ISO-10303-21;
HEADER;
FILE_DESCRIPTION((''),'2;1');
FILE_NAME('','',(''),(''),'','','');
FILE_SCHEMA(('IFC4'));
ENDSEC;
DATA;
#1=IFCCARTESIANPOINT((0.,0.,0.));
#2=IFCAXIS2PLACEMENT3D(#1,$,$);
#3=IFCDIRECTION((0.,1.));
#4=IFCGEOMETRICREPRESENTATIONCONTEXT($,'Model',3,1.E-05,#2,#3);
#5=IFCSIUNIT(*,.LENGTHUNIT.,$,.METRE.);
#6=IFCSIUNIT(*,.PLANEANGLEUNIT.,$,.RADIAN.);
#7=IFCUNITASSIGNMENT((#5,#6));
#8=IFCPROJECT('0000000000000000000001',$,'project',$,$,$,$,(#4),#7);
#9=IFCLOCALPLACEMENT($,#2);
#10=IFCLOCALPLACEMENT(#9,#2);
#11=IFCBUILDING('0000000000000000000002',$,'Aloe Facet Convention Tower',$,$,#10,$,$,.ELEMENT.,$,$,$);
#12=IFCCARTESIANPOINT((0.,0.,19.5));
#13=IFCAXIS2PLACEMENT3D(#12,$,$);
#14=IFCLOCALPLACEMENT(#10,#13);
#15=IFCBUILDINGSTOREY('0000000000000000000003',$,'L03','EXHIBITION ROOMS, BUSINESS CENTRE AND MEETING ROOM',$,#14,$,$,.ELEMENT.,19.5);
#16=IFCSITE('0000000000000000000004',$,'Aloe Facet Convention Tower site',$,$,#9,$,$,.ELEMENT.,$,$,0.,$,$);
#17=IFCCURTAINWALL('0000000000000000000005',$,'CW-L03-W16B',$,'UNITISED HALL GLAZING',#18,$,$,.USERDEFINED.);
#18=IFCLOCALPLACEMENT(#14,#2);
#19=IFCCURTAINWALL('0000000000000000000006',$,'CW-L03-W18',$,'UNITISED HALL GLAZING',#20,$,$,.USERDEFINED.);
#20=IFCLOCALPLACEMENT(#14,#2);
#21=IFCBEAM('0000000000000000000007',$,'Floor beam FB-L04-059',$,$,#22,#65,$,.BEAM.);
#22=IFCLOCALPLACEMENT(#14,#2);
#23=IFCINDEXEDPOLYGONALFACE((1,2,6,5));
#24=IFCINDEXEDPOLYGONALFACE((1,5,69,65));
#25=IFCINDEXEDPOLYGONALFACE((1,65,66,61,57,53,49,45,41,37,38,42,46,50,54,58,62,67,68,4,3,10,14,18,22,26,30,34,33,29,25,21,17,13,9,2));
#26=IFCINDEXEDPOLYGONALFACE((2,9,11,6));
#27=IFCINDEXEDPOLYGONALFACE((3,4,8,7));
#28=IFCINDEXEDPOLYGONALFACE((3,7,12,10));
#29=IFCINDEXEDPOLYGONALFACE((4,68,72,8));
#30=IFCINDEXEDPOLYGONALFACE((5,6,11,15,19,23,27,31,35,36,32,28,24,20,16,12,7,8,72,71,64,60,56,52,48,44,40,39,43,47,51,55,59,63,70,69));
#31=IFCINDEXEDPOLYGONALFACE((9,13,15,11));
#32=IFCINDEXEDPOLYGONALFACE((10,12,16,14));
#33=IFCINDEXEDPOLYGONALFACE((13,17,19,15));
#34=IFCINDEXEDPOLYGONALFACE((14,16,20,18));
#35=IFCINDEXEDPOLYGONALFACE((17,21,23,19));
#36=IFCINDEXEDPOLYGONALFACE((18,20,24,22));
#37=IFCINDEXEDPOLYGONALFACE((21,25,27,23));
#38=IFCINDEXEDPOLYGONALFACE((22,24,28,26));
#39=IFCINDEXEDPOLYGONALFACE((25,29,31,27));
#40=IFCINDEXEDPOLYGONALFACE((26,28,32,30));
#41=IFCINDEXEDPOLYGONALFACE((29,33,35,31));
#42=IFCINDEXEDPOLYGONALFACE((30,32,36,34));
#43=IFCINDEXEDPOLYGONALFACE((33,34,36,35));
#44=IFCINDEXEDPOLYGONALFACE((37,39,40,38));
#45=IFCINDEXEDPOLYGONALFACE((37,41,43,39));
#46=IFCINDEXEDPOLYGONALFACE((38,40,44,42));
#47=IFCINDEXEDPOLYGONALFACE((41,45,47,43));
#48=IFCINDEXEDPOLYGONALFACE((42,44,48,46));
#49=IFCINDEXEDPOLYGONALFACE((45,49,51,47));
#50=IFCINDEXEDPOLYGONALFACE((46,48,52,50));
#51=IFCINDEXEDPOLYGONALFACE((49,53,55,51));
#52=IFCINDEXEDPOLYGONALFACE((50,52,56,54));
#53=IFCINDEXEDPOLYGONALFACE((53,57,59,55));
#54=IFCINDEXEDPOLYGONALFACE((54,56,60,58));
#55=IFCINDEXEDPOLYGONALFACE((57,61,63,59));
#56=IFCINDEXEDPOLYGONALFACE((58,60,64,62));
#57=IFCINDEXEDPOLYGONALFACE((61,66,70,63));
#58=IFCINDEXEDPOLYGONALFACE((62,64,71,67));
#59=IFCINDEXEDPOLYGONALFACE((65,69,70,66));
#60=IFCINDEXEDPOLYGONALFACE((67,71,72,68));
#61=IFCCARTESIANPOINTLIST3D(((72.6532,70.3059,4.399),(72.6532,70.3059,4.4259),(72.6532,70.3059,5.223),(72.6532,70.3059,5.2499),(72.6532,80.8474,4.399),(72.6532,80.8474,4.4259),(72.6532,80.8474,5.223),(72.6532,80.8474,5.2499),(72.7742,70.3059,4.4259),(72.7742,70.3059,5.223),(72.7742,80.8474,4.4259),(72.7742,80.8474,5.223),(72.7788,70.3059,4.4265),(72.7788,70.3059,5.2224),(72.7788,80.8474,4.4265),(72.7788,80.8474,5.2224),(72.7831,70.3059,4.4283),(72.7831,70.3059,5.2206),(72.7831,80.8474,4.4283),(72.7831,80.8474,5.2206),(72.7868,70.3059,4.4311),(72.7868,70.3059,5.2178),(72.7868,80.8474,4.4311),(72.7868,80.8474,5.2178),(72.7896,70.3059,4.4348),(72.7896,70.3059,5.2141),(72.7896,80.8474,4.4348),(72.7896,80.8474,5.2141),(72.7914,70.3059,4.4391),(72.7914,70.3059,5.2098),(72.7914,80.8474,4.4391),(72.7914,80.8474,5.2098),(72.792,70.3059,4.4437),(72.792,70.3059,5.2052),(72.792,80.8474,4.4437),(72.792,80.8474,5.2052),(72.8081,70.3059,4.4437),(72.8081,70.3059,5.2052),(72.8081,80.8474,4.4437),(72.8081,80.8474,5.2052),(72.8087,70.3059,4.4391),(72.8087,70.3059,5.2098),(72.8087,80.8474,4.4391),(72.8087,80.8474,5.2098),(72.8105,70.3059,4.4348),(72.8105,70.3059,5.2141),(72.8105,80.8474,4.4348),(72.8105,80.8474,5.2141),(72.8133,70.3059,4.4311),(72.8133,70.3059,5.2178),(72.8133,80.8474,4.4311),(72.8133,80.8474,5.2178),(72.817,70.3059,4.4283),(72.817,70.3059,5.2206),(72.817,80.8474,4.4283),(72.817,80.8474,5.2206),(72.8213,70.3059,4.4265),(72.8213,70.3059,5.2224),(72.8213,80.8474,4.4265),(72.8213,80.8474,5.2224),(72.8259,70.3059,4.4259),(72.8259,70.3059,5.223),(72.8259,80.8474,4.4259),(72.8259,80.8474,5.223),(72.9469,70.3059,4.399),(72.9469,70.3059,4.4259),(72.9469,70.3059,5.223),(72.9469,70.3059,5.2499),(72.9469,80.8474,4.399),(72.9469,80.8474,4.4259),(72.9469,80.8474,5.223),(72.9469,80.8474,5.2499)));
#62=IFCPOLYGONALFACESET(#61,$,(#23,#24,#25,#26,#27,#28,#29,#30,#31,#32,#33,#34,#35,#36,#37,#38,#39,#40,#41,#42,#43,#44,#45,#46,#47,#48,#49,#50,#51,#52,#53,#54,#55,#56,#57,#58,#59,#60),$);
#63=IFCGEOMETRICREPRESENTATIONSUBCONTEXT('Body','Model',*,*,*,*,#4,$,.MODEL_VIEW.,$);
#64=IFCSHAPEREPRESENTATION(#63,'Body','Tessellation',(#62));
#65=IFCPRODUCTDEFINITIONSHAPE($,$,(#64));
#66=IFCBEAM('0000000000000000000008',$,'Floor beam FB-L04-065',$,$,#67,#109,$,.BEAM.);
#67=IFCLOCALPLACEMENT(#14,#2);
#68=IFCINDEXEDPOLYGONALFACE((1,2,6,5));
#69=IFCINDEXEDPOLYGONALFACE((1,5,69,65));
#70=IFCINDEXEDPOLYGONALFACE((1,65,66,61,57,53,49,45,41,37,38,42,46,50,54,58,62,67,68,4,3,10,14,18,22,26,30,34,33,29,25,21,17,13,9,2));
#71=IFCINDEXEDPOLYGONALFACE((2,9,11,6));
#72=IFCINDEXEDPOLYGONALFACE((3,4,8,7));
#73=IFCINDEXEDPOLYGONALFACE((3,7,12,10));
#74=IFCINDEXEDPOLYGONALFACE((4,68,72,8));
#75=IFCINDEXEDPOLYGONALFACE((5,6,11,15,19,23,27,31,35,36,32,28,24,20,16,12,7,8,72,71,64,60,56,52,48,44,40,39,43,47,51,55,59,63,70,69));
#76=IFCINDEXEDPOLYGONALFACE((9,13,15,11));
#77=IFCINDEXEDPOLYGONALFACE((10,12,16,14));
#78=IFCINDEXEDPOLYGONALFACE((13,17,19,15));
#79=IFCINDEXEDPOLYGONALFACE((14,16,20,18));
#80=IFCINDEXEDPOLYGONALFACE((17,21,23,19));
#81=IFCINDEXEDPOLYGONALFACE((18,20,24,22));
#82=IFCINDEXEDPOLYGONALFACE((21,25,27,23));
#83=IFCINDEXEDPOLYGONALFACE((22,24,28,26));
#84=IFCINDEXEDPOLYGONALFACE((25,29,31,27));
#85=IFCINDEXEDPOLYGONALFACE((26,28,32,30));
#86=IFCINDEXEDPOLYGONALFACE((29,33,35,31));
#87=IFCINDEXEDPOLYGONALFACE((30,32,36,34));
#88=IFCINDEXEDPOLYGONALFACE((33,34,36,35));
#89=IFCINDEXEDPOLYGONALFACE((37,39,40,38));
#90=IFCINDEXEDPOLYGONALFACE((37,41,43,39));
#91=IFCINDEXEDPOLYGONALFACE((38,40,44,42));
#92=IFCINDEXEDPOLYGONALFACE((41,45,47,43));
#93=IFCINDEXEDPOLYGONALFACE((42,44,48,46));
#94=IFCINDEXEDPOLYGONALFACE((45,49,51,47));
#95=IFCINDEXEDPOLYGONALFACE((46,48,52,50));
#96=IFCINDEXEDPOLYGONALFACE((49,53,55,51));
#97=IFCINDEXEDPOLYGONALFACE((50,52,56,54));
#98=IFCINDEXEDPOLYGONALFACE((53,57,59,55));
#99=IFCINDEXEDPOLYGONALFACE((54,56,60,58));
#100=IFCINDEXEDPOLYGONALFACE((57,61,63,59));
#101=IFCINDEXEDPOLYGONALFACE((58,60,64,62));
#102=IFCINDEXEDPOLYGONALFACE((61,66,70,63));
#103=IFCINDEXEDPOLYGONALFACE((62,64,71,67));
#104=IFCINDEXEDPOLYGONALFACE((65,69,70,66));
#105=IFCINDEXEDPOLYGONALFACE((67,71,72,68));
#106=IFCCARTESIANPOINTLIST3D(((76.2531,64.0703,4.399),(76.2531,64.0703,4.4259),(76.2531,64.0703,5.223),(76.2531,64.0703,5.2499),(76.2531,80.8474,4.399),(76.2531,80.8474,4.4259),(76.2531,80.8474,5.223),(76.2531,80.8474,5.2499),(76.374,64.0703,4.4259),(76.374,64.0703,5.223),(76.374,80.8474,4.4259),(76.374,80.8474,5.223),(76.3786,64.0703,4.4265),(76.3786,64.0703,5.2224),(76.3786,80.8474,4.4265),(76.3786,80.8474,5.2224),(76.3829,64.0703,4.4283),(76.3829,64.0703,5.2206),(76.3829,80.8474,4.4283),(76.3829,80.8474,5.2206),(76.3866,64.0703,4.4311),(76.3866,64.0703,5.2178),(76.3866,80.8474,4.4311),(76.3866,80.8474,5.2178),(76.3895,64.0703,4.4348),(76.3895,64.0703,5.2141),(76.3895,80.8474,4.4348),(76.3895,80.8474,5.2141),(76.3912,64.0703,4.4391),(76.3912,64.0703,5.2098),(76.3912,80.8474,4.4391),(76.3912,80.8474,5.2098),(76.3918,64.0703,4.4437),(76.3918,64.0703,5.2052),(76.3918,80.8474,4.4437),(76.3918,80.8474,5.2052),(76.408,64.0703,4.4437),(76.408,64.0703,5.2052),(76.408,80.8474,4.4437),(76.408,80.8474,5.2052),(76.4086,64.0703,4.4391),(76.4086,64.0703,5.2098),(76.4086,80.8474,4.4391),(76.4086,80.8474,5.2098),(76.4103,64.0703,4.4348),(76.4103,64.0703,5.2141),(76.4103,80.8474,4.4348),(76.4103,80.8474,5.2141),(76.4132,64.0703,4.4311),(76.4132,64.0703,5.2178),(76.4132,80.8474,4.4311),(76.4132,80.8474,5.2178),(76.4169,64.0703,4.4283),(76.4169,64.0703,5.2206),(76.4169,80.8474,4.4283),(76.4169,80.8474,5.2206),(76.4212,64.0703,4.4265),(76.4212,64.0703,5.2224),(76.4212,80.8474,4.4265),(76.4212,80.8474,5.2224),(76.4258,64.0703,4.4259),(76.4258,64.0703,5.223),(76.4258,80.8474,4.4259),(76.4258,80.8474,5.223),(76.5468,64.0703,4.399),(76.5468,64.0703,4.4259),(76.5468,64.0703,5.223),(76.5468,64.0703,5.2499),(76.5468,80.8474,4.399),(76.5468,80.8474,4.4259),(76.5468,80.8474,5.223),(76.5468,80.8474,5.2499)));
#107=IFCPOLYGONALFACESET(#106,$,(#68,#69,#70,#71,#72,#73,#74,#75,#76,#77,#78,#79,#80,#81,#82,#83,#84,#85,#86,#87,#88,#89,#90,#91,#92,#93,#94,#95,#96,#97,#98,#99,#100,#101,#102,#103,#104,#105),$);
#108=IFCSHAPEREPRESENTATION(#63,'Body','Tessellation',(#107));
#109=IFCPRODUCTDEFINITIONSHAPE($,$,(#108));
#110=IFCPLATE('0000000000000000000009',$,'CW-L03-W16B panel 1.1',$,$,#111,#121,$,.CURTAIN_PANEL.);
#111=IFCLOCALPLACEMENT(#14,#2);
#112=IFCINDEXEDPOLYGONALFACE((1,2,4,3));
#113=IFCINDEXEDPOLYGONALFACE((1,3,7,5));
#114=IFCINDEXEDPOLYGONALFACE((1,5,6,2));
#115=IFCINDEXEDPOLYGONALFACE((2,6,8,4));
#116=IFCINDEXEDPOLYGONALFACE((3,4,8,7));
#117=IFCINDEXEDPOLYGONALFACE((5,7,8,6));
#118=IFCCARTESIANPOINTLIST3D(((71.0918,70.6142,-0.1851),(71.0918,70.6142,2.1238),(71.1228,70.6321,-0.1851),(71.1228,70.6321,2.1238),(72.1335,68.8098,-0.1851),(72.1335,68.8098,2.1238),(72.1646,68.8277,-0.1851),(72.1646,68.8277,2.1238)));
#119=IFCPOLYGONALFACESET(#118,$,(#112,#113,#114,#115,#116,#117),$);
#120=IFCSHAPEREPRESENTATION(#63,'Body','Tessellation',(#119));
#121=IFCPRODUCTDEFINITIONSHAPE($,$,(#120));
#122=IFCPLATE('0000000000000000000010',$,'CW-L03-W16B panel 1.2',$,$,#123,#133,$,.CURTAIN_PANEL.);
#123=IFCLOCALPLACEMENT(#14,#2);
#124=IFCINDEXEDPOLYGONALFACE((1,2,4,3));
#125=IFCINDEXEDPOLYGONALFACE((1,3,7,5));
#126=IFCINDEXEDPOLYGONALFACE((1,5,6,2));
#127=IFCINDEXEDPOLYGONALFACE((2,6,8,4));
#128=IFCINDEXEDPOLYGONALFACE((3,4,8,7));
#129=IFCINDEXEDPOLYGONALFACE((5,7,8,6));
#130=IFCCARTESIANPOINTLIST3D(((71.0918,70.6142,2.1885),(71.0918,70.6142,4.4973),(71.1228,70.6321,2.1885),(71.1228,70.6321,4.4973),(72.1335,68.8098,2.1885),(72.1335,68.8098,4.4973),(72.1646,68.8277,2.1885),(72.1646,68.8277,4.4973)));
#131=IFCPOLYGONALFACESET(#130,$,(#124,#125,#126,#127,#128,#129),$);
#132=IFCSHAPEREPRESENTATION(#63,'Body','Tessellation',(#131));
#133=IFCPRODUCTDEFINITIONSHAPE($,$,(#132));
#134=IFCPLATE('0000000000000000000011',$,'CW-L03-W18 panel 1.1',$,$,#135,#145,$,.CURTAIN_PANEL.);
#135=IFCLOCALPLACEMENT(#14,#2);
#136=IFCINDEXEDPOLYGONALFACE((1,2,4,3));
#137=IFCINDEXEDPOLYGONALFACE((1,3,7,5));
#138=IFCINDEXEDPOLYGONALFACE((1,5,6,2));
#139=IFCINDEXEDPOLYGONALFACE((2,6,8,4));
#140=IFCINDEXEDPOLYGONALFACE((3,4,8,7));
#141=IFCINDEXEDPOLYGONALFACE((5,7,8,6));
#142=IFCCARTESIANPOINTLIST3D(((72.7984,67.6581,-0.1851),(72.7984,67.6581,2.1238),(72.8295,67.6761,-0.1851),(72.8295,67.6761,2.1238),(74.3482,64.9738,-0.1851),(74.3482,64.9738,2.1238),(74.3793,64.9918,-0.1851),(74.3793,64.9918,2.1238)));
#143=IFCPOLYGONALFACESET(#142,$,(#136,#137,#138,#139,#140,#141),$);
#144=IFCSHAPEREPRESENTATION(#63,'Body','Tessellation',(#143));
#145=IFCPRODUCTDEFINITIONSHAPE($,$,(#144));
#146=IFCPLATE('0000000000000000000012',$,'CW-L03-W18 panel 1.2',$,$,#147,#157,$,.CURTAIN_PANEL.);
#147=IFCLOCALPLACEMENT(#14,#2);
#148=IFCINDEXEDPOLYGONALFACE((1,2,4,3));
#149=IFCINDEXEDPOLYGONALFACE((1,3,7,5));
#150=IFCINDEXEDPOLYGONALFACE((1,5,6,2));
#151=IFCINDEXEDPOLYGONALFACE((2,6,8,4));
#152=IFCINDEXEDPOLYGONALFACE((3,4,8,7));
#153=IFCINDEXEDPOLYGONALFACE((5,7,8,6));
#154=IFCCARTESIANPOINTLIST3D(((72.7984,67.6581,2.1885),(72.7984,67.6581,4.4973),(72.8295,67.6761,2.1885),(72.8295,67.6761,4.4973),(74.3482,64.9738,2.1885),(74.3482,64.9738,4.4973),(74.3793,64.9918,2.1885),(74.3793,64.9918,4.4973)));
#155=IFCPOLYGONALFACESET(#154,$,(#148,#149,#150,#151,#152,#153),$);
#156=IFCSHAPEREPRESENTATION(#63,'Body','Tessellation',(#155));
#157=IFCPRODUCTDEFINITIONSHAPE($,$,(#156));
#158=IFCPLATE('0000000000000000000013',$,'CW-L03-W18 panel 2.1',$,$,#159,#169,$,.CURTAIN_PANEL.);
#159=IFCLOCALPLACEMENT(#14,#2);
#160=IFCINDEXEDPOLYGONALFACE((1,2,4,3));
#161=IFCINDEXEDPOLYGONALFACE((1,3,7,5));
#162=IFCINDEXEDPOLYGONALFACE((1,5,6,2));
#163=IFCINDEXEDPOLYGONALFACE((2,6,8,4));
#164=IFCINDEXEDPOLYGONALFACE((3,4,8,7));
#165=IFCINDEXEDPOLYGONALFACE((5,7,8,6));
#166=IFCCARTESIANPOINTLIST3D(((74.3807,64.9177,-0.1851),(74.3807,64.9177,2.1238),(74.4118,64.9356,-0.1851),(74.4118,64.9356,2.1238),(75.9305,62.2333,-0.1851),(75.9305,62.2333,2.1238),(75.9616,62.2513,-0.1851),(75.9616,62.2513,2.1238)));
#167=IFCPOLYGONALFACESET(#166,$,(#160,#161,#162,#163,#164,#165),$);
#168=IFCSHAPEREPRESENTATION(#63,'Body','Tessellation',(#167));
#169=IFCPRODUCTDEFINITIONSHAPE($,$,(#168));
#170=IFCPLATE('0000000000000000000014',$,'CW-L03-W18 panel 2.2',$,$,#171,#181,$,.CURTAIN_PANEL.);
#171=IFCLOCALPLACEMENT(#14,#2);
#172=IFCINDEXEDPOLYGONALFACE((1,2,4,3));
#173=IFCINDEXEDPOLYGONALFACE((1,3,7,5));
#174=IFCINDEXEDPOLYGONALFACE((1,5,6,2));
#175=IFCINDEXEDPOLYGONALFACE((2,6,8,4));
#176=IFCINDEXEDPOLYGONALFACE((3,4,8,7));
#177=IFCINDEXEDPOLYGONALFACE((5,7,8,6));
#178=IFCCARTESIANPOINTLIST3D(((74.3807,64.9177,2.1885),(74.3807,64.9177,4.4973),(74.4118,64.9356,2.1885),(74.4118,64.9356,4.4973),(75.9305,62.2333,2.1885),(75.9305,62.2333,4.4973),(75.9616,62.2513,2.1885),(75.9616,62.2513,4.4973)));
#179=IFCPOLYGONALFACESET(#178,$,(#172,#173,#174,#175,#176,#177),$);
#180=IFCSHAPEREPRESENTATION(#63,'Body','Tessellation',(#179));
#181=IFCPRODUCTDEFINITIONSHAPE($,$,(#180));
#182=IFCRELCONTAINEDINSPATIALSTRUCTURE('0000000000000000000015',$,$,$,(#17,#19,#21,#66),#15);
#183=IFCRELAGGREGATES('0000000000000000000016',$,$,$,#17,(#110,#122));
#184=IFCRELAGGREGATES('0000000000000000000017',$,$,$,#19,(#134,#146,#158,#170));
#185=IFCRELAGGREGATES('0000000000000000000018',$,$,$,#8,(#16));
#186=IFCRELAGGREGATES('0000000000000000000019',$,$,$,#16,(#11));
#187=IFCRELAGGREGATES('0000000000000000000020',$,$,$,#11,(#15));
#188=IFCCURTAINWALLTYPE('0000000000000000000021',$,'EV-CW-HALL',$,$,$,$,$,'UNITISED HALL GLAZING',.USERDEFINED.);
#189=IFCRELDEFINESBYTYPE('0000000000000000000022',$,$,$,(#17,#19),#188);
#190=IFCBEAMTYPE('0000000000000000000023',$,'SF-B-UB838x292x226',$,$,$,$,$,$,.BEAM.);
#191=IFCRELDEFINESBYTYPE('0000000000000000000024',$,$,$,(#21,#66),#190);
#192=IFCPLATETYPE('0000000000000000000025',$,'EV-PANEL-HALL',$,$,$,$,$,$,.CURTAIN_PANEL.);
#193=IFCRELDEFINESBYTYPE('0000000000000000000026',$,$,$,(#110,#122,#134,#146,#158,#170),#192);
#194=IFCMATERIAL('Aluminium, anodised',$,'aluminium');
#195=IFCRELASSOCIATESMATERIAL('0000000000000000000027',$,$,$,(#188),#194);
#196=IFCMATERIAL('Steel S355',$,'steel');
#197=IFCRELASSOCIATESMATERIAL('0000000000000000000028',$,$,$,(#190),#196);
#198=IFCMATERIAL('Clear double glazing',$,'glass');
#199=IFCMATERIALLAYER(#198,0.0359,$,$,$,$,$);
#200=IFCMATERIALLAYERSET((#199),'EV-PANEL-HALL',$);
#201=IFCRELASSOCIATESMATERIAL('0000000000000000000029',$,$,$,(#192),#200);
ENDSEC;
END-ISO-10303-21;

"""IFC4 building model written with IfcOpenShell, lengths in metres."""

from ifc_helpers import new_model, si_unit, direction, frame, origin, origin_2d, place, context, subcontext, project, spatial, rectangle, i_section, extrude, material, layer, layer_set, material_profile, profile_set, type_object, element, aggregate, save


model = new_model("IFC4")

# Units and contexts
model_context = context("Model", 3, precision=1e-05, world=origin(), true_north=direction((0.0, 1.0)))
body_context = subcontext(model_context, "Body", "Model", "MODEL_VIEW")
ifc_project = project(units=[si_unit("LENGTHUNIT", "METRE"), si_unit("PLANEANGLEUNIT", "RADIAN")], contexts=[model_context])

# Site, building, storey
site_placement = place(None, origin())
site = spatial("IfcSite", under=ifc_project, at=site_placement, Name="Aloe Facet Convention Tower site", CompositionType="ELEMENT", RefElevation=0.0)
building_placement = place(site_placement, origin())
building = spatial("IfcBuilding", under=site, at=building_placement, Name="Aloe Facet Convention Tower", CompositionType="ELEMENT")
storey_placement = place(building_placement, frame((0.0, 0.0, 19.5)))
storey = spatial("IfcBuildingStorey", under=building, at=storey_placement, Name="L03", Description="EXHIBITION ROOMS, BUSINESS CENTRE AND MEETING ROOM", CompositionType="ELEMENT", Elevation=19.5)

# Curtain walls
ifc_material_1 = material(Name="Aluminium, anodised", Category="aluminium")
curtain_wall_type = type_object("IfcCurtainWallType", Name="EV-CW-HALL", ElementType="UNITISED HALL GLAZING", PredefinedType="USERDEFINED", material=ifc_material_1)
curtain_wall_1_placement = place(storey_placement, origin())
curtain_wall_1 = element("IfcCurtainWall", 1, at=curtain_wall_1_placement, inside=storey, type_object=curtain_wall_type, Name="CW-L03-W16B", ObjectType="UNITISED HALL GLAZING", PredefinedType="USERDEFINED")
curtain_wall_2_placement = place(storey_placement, origin())
curtain_wall_2 = element("IfcCurtainWall", 2, at=curtain_wall_2_placement, inside=storey, type_object=curtain_wall_type, Name="CW-L03-W18", ObjectType="UNITISED HALL GLAZING", PredefinedType="USERDEFINED")

# Beams
ifc_material_2 = material(Name="Steel S355", Category="steel")
ifc_material_profile_1 = material_profile(ifc_material_2, i_section(OverallWidth=0.2937, OverallDepth=0.8508, WebThickness=0.0161, FlangeThickness=0.0269, FilletRadius=0.0178, at=origin_2d()), Name="UB 838x292x226")
ifc_profile_set_1 = profile_set([ifc_material_profile_1], Name="Steel S355")
beam_type = type_object("IfcBeamType", Name="SF-B-UB838x292x226", PredefinedType="BEAM", material=ifc_profile_set_1)
beam_1_placement = place(storey_placement, frame((72.8, 70.3059, 4.8245), z_axis=(0.0, 1.0, 0.0), x_axis=(-1.0, 0.0, 0.0)))
element("IfcBeam", 3, at=beam_1_placement, inside=storey, type_object=beam_type, Name="Floor beam FB-L04-059", PredefinedType="BEAM", context=body_context, shape_type="SweptSolid", body=[
    extrude(i_section(OverallWidth=0.2937, OverallDepth=0.8508, WebThickness=0.0161, FlangeThickness=0.0269, FilletRadius=0.0178, at=origin_2d()), origin(), (0.0, 0.0, 1.0), 10.5415),
])
beam_2_placement = place(storey_placement, frame((76.3999, 64.0703, 4.8245), z_axis=(0.0, 1.0, 0.0), x_axis=(-1.0, 0.0, 0.0)))
element("IfcBeam", 4, at=beam_2_placement, inside=storey, type_object=beam_type, Name="Floor beam FB-L04-065", PredefinedType="BEAM", context=body_context, shape_type="SweptSolid", body=[
    extrude(i_section(OverallWidth=0.2937, OverallDepth=0.8508, WebThickness=0.0161, FlangeThickness=0.0269, FilletRadius=0.0178, at=origin_2d()), origin(), (0.0, 0.0, 1.0), 16.7771),
])

# Plates
ifc_material_3 = material(Name="Clear double glazing", Category="glass")
ifc_layer_1 = layer(ifc_material_3, 0.0359)
ifc_layer_set_1 = layer_set([ifc_layer_1], Name="EV-PANEL-HALL")
plate_type = type_object("IfcPlateType", Name="EV-PANEL-HALL", PredefinedType="CURTAIN_PANEL", material=ifc_layer_set_1)
plate_1_placement = place(storey_placement, frame((71.6282, 69.7209, -0.1851), z_axis=(0.0, 0.0, 1.0), x_axis=(0.5, -0.866025, 0.0)))
plate_1 = element("IfcPlate", 5, at=plate_1_placement, type_object=plate_type, Name="CW-L03-W16B panel 1.1", PredefinedType="CURTAIN_PANEL", context=body_context, shape_type="SweptSolid", body=[
    extrude(rectangle(XDim=2.0835, YDim=0.0359, at=origin_2d()), origin(), (0.0, 0.0, 1.0), 2.3088),
])
plate_2_placement = place(storey_placement, frame((71.6282, 69.7209, 2.1885), z_axis=(0.0, 0.0, 1.0), x_axis=(0.5, -0.866025, 0.0)))
plate_2 = element("IfcPlate", 6, at=plate_2_placement, type_object=plate_type, Name="CW-L03-W16B panel 1.2", PredefinedType="CURTAIN_PANEL", context=body_context, shape_type="SweptSolid", body=[
    extrude(rectangle(XDim=2.0835, YDim=0.0359, at=origin_2d()), origin(), (0.0, 0.0, 1.0), 2.3088),
])
aggregate(curtain_wall_1, [plate_1, plate_2])
plate_3_placement = place(storey_placement, frame((73.5889, 66.325, -0.1851), z_axis=(0.0, 0.0, 1.0), x_axis=(0.5, -0.866025, 0.0)))
plate_3 = element("IfcPlate", 7, at=plate_3_placement, type_object=plate_type, Name="CW-L03-W18 panel 1.1", PredefinedType="CURTAIN_PANEL", context=body_context, shape_type="SweptSolid", body=[
    extrude(rectangle(XDim=3.0996, YDim=0.0359, at=origin_2d()), origin(), (0.0, 0.0, 1.0), 2.3088),
])
plate_4_placement = place(storey_placement, frame((73.5889, 66.325, 2.1885), z_axis=(0.0, 0.0, 1.0), x_axis=(0.5, -0.866025, 0.0)))
plate_4 = element("IfcPlate", 8, at=plate_4_placement, type_object=plate_type, Name="CW-L03-W18 panel 1.2", PredefinedType="CURTAIN_PANEL", context=body_context, shape_type="SweptSolid", body=[
    extrude(rectangle(XDim=3.0996, YDim=0.0359, at=origin_2d()), origin(), (0.0, 0.0, 1.0), 2.3088),
])
plate_5_placement = place(storey_placement, frame((75.1711, 63.5845, -0.1851), z_axis=(0.0, 0.0, 1.0), x_axis=(0.5, -0.866025, 0.0)))
plate_5 = element("IfcPlate", 9, at=plate_5_placement, type_object=plate_type, Name="CW-L03-W18 panel 2.1", PredefinedType="CURTAIN_PANEL", context=body_context, shape_type="SweptSolid", body=[
    extrude(rectangle(XDim=3.0996, YDim=0.0359, at=origin_2d()), origin(), (0.0, 0.0, 1.0), 2.3088),
])
plate_6_placement = place(storey_placement, frame((75.1711, 63.5845, 2.1885), z_axis=(0.0, 0.0, 1.0), x_axis=(0.5, -0.866025, 0.0)))
plate_6 = element("IfcPlate", 10, at=plate_6_placement, type_object=plate_type, Name="CW-L03-W18 panel 2.2", PredefinedType="CURTAIN_PANEL", context=body_context, shape_type="SweptSolid", body=[
    extrude(rectangle(XDim=3.0996, YDim=0.0359, at=origin_2d()), origin(), (0.0, 0.0, 1.0), 2.3088),
])
aggregate(curtain_wall_2, [plate_3, plate_4, plate_5, plate_6])

save(model, "model.ifc")
